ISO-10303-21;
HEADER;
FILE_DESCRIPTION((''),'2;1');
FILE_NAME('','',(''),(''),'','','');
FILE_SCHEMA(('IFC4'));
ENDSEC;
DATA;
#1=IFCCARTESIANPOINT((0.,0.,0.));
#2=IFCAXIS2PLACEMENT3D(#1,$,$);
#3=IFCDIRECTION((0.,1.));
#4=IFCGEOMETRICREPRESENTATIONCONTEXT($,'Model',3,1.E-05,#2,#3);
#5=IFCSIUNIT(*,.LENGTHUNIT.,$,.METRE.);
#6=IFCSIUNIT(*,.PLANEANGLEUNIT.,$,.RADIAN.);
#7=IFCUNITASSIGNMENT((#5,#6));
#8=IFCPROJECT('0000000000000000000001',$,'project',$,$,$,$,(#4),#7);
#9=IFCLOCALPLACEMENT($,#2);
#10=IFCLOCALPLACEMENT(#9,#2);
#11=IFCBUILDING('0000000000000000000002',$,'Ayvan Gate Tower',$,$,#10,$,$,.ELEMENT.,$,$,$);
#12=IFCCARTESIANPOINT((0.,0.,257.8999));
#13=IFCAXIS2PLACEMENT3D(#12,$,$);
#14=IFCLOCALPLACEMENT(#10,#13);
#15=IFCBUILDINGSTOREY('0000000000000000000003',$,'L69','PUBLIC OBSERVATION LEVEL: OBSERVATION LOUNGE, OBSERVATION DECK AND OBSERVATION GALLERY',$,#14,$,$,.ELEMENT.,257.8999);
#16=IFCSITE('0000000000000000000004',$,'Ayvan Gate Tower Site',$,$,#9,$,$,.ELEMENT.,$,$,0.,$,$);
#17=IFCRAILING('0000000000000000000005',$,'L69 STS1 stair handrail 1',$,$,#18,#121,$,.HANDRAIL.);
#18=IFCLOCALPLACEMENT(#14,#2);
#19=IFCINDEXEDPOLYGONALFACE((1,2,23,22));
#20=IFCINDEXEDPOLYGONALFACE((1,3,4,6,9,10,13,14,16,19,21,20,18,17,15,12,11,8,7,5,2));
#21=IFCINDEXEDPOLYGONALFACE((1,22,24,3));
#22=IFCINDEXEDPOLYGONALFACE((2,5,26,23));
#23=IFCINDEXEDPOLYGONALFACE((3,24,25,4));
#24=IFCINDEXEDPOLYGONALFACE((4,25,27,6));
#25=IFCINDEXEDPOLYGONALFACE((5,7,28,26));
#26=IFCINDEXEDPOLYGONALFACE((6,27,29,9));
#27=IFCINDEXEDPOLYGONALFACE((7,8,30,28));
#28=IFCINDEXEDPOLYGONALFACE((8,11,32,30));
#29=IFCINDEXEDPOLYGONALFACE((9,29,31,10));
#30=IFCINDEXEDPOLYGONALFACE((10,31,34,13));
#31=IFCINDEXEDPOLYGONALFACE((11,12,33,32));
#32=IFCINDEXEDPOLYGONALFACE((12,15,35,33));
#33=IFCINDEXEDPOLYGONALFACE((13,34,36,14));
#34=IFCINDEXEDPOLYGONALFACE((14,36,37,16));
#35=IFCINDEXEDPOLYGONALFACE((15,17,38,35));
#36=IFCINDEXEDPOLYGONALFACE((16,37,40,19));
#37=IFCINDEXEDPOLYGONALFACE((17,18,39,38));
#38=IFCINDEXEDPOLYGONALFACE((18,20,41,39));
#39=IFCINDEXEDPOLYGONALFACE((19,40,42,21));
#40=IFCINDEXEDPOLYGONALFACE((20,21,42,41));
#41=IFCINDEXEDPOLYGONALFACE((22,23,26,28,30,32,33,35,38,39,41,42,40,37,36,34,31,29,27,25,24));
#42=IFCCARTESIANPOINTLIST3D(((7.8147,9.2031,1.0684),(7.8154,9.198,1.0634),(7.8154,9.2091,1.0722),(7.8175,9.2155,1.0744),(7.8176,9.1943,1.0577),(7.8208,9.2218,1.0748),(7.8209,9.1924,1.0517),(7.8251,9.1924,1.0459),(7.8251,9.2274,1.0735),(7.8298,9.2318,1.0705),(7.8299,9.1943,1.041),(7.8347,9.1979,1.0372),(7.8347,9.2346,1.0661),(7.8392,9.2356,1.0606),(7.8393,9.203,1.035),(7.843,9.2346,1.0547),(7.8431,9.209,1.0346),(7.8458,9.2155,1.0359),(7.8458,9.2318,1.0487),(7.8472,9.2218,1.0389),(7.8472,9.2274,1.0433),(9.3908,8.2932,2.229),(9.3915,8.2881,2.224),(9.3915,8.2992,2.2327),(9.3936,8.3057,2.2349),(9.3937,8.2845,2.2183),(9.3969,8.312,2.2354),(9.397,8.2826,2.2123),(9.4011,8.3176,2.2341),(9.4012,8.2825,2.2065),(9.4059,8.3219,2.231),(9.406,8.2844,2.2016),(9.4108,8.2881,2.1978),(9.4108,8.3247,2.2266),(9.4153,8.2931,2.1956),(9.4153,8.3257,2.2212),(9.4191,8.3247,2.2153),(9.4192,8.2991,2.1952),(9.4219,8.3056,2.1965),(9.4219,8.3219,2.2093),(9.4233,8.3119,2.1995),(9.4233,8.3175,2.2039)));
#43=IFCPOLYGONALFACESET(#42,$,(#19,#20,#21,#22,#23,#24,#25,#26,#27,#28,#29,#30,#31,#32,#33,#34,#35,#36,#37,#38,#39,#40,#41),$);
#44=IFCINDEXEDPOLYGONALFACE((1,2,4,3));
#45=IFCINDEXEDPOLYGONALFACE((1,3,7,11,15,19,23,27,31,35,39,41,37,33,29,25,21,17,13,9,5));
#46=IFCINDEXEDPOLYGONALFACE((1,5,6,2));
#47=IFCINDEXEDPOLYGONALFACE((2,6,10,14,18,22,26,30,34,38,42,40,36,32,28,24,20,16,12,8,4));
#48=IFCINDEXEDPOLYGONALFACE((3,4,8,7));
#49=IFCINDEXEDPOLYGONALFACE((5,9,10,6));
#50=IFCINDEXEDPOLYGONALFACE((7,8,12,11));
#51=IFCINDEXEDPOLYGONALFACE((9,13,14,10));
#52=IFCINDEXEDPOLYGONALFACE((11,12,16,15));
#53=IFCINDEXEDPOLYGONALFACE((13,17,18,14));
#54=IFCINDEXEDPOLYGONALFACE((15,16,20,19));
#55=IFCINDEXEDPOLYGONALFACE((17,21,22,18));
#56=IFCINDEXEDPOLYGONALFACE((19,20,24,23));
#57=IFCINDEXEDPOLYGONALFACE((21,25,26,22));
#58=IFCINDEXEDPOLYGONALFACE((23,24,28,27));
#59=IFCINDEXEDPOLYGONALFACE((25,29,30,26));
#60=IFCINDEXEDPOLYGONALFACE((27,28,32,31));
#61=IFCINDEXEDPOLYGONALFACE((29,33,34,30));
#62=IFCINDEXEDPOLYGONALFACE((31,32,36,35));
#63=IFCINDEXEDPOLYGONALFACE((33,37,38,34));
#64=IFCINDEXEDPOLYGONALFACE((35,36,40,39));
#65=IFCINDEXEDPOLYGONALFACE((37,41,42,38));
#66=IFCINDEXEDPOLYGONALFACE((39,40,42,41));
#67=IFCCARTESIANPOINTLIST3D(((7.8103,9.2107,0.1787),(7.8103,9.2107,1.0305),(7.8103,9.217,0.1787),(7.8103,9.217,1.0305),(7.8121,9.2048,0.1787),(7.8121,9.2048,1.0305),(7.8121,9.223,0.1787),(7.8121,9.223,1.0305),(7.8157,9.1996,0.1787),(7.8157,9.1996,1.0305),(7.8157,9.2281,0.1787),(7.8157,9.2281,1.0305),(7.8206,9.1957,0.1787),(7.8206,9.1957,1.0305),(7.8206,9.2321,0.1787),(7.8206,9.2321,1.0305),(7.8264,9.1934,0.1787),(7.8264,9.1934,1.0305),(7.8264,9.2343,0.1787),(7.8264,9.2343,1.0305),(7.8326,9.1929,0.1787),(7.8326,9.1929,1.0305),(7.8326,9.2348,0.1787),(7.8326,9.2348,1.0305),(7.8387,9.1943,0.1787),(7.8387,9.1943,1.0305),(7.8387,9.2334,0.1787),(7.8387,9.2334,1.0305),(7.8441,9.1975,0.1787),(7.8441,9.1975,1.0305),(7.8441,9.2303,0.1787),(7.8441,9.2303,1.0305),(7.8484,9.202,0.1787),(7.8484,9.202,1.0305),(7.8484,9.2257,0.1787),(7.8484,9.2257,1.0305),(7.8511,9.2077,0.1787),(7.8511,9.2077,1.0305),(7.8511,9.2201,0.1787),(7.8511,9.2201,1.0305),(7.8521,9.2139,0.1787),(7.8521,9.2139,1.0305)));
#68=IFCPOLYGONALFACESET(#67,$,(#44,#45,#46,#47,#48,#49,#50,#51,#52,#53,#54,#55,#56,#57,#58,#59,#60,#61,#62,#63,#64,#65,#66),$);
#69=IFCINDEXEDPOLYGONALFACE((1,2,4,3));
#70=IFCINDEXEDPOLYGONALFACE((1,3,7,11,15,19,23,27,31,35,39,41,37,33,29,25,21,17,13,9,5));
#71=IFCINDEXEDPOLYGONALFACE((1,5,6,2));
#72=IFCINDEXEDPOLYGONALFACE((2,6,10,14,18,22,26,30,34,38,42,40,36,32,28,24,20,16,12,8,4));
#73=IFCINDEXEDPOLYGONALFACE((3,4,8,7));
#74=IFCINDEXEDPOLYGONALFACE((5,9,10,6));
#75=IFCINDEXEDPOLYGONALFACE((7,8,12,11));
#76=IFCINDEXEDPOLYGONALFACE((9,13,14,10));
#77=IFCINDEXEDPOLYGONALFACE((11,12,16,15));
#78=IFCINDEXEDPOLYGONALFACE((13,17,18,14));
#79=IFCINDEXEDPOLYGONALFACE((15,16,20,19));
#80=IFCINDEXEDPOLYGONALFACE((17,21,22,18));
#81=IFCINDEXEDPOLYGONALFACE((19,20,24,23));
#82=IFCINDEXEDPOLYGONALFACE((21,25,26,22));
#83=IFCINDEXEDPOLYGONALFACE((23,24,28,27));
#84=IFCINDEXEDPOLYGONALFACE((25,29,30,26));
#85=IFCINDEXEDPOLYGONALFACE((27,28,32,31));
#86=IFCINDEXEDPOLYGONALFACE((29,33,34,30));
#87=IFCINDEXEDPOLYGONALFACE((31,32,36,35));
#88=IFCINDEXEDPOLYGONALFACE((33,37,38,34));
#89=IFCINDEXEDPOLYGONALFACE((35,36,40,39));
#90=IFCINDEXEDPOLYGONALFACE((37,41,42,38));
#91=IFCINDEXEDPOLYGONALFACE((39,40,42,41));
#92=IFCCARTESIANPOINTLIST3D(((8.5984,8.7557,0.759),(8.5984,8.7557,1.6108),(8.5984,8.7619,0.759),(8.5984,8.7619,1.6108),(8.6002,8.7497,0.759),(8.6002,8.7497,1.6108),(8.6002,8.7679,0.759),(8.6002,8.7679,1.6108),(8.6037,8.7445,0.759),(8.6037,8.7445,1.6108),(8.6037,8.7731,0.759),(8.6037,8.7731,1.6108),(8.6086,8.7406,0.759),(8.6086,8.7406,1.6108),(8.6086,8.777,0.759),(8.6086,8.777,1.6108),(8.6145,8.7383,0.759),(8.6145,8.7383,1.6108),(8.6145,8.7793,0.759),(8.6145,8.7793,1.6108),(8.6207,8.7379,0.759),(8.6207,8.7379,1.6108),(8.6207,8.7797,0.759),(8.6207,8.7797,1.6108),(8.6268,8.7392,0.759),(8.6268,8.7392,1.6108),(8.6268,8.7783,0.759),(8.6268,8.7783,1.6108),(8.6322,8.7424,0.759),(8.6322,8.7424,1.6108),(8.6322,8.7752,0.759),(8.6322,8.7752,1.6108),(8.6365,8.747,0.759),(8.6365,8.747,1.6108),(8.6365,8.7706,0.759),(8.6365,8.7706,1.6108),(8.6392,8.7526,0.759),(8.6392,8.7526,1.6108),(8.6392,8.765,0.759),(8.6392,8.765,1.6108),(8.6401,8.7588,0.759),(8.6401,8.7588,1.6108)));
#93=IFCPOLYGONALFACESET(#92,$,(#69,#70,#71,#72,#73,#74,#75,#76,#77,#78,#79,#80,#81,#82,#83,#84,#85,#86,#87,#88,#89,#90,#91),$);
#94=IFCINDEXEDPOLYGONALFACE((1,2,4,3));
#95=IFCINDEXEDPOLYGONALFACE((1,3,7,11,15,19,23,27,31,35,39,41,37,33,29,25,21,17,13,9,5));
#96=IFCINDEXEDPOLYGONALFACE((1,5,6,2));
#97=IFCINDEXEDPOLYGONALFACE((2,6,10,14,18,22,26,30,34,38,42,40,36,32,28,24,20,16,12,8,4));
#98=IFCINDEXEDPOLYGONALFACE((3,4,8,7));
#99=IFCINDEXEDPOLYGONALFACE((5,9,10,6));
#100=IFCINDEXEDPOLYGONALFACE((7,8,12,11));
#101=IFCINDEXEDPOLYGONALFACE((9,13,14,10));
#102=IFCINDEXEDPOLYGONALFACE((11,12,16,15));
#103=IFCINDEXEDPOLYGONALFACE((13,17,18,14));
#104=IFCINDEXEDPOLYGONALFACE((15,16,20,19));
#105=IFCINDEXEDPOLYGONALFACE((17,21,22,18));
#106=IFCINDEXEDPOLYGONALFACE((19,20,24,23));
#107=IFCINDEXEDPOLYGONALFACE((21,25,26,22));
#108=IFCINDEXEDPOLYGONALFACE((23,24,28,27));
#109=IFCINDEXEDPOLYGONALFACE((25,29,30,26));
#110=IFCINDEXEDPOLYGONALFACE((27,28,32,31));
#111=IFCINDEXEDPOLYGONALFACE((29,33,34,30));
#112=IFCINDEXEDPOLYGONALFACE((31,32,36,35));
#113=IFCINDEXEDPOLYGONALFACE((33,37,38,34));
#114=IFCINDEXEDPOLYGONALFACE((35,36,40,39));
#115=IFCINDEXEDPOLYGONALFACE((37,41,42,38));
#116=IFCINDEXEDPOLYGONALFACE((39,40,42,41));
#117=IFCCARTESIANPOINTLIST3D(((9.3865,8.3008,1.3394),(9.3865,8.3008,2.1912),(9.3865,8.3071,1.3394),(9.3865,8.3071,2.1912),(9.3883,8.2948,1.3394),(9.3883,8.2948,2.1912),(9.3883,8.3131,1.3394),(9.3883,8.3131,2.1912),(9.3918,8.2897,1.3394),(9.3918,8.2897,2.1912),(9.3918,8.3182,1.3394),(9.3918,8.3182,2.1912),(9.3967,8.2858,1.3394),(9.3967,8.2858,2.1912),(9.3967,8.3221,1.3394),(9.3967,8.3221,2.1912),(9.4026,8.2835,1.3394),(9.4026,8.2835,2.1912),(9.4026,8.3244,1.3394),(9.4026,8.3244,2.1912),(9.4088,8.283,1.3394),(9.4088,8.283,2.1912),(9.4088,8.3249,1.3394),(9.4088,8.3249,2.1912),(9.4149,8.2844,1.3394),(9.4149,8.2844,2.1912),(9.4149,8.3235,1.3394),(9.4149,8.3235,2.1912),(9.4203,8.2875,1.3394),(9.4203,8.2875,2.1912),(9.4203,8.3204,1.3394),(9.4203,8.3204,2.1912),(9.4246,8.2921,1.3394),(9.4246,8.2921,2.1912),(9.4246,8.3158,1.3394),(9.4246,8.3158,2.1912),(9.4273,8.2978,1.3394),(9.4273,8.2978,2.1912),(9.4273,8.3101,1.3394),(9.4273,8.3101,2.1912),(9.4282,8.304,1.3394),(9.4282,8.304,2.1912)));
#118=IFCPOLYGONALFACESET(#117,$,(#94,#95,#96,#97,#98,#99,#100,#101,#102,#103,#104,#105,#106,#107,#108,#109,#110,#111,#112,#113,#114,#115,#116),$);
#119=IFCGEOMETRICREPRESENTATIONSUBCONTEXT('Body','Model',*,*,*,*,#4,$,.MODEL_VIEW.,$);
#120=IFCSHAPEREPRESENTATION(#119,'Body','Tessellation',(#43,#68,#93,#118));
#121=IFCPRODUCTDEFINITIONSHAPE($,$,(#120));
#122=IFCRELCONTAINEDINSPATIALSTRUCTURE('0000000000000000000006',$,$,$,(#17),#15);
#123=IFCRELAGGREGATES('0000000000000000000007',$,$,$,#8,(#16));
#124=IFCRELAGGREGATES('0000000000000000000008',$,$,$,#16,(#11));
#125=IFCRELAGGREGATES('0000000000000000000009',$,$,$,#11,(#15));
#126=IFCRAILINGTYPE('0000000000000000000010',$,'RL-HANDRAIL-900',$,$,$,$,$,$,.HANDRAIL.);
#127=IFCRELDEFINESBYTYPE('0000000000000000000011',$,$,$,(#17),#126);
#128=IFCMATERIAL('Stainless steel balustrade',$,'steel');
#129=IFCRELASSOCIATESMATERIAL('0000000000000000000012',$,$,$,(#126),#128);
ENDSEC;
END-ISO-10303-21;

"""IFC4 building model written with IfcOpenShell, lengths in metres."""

from ifc_helpers import new_model, si_unit, direction, frame, origin, origin_2d, place, context, subcontext, project, spatial, circle, extrude, material, type_object, element, save


model = new_model("IFC4")

# Units and contexts
model_context = context("Model", 3, precision=1e-05, world=origin(), true_north=direction((0.0, 1.0)))
body_context = subcontext(model_context, "Body", "Model", "MODEL_VIEW")
ifc_project = project(units=[si_unit("LENGTHUNIT", "METRE"), si_unit("PLANEANGLEUNIT", "RADIAN")], contexts=[model_context])

# Site, building, storey
site_placement = place(None, origin())
site = spatial("IfcSite", under=ifc_project, at=site_placement, Name="Ayvan Gate Tower Site", CompositionType="ELEMENT", RefElevation=0.0)
building_placement = place(site_placement, origin())
building = spatial("IfcBuilding", under=site, at=building_placement, Name="Ayvan Gate Tower", CompositionType="ELEMENT")
storey_placement = place(building_placement, frame((0.0, 0.0, 257.8999)))
storey = spatial("IfcBuildingStorey", under=building, at=storey_placement, Name="L69", Description="PUBLIC OBSERVATION LEVEL: OBSERVATION LOUNGE, OBSERVATION DECK AND OBSERVATION GALLERY", CompositionType="ELEMENT", Elevation=257.8999)

# Railing
ifc_material_1 = material(Name="Stainless steel balustrade", Category="steel")
railing_type_1 = type_object("IfcRailingType", Name="RL-HANDRAIL-900", PredefinedType="HANDRAIL", material=ifc_material_1)
railing_1_placement = place(storey_placement, frame((7.8311, 9.2139, 0.1787)))
element("IfcRailing", 1, at=railing_1_placement, inside=storey, type_object=railing_type_1, Name="L69 STS1 stair handrail 1", PredefinedType="HANDRAIL", context=body_context, shape_type="SweptSolid", body=[
    extrude(circle(Radius=0.0239, at=origin_2d()), frame((0.0, 0.0, 0.876), z_axis=(0.730198, -0.421538, 0.537695), x_axis=(0.499962, 0.866047, 0.0)), (0.0, 0.0, 1.0), 2.1584),
    extrude(circle(Radius=0.021, at=origin_2d()), origin(), (0.0, 0.0, 1.0), 0.8518),
    extrude(circle(Radius=0.021, at=origin_2d()), frame((0.7881, -0.4551, 0.5803)), (0.0, 0.0, 1.0), 0.8518),
    extrude(circle(Radius=0.021, at=origin_2d()), frame((1.5762, -0.9099, 1.1606)), (0.0, 0.0, 1.0), 0.8518),
])

save(model, "model.ifc")
